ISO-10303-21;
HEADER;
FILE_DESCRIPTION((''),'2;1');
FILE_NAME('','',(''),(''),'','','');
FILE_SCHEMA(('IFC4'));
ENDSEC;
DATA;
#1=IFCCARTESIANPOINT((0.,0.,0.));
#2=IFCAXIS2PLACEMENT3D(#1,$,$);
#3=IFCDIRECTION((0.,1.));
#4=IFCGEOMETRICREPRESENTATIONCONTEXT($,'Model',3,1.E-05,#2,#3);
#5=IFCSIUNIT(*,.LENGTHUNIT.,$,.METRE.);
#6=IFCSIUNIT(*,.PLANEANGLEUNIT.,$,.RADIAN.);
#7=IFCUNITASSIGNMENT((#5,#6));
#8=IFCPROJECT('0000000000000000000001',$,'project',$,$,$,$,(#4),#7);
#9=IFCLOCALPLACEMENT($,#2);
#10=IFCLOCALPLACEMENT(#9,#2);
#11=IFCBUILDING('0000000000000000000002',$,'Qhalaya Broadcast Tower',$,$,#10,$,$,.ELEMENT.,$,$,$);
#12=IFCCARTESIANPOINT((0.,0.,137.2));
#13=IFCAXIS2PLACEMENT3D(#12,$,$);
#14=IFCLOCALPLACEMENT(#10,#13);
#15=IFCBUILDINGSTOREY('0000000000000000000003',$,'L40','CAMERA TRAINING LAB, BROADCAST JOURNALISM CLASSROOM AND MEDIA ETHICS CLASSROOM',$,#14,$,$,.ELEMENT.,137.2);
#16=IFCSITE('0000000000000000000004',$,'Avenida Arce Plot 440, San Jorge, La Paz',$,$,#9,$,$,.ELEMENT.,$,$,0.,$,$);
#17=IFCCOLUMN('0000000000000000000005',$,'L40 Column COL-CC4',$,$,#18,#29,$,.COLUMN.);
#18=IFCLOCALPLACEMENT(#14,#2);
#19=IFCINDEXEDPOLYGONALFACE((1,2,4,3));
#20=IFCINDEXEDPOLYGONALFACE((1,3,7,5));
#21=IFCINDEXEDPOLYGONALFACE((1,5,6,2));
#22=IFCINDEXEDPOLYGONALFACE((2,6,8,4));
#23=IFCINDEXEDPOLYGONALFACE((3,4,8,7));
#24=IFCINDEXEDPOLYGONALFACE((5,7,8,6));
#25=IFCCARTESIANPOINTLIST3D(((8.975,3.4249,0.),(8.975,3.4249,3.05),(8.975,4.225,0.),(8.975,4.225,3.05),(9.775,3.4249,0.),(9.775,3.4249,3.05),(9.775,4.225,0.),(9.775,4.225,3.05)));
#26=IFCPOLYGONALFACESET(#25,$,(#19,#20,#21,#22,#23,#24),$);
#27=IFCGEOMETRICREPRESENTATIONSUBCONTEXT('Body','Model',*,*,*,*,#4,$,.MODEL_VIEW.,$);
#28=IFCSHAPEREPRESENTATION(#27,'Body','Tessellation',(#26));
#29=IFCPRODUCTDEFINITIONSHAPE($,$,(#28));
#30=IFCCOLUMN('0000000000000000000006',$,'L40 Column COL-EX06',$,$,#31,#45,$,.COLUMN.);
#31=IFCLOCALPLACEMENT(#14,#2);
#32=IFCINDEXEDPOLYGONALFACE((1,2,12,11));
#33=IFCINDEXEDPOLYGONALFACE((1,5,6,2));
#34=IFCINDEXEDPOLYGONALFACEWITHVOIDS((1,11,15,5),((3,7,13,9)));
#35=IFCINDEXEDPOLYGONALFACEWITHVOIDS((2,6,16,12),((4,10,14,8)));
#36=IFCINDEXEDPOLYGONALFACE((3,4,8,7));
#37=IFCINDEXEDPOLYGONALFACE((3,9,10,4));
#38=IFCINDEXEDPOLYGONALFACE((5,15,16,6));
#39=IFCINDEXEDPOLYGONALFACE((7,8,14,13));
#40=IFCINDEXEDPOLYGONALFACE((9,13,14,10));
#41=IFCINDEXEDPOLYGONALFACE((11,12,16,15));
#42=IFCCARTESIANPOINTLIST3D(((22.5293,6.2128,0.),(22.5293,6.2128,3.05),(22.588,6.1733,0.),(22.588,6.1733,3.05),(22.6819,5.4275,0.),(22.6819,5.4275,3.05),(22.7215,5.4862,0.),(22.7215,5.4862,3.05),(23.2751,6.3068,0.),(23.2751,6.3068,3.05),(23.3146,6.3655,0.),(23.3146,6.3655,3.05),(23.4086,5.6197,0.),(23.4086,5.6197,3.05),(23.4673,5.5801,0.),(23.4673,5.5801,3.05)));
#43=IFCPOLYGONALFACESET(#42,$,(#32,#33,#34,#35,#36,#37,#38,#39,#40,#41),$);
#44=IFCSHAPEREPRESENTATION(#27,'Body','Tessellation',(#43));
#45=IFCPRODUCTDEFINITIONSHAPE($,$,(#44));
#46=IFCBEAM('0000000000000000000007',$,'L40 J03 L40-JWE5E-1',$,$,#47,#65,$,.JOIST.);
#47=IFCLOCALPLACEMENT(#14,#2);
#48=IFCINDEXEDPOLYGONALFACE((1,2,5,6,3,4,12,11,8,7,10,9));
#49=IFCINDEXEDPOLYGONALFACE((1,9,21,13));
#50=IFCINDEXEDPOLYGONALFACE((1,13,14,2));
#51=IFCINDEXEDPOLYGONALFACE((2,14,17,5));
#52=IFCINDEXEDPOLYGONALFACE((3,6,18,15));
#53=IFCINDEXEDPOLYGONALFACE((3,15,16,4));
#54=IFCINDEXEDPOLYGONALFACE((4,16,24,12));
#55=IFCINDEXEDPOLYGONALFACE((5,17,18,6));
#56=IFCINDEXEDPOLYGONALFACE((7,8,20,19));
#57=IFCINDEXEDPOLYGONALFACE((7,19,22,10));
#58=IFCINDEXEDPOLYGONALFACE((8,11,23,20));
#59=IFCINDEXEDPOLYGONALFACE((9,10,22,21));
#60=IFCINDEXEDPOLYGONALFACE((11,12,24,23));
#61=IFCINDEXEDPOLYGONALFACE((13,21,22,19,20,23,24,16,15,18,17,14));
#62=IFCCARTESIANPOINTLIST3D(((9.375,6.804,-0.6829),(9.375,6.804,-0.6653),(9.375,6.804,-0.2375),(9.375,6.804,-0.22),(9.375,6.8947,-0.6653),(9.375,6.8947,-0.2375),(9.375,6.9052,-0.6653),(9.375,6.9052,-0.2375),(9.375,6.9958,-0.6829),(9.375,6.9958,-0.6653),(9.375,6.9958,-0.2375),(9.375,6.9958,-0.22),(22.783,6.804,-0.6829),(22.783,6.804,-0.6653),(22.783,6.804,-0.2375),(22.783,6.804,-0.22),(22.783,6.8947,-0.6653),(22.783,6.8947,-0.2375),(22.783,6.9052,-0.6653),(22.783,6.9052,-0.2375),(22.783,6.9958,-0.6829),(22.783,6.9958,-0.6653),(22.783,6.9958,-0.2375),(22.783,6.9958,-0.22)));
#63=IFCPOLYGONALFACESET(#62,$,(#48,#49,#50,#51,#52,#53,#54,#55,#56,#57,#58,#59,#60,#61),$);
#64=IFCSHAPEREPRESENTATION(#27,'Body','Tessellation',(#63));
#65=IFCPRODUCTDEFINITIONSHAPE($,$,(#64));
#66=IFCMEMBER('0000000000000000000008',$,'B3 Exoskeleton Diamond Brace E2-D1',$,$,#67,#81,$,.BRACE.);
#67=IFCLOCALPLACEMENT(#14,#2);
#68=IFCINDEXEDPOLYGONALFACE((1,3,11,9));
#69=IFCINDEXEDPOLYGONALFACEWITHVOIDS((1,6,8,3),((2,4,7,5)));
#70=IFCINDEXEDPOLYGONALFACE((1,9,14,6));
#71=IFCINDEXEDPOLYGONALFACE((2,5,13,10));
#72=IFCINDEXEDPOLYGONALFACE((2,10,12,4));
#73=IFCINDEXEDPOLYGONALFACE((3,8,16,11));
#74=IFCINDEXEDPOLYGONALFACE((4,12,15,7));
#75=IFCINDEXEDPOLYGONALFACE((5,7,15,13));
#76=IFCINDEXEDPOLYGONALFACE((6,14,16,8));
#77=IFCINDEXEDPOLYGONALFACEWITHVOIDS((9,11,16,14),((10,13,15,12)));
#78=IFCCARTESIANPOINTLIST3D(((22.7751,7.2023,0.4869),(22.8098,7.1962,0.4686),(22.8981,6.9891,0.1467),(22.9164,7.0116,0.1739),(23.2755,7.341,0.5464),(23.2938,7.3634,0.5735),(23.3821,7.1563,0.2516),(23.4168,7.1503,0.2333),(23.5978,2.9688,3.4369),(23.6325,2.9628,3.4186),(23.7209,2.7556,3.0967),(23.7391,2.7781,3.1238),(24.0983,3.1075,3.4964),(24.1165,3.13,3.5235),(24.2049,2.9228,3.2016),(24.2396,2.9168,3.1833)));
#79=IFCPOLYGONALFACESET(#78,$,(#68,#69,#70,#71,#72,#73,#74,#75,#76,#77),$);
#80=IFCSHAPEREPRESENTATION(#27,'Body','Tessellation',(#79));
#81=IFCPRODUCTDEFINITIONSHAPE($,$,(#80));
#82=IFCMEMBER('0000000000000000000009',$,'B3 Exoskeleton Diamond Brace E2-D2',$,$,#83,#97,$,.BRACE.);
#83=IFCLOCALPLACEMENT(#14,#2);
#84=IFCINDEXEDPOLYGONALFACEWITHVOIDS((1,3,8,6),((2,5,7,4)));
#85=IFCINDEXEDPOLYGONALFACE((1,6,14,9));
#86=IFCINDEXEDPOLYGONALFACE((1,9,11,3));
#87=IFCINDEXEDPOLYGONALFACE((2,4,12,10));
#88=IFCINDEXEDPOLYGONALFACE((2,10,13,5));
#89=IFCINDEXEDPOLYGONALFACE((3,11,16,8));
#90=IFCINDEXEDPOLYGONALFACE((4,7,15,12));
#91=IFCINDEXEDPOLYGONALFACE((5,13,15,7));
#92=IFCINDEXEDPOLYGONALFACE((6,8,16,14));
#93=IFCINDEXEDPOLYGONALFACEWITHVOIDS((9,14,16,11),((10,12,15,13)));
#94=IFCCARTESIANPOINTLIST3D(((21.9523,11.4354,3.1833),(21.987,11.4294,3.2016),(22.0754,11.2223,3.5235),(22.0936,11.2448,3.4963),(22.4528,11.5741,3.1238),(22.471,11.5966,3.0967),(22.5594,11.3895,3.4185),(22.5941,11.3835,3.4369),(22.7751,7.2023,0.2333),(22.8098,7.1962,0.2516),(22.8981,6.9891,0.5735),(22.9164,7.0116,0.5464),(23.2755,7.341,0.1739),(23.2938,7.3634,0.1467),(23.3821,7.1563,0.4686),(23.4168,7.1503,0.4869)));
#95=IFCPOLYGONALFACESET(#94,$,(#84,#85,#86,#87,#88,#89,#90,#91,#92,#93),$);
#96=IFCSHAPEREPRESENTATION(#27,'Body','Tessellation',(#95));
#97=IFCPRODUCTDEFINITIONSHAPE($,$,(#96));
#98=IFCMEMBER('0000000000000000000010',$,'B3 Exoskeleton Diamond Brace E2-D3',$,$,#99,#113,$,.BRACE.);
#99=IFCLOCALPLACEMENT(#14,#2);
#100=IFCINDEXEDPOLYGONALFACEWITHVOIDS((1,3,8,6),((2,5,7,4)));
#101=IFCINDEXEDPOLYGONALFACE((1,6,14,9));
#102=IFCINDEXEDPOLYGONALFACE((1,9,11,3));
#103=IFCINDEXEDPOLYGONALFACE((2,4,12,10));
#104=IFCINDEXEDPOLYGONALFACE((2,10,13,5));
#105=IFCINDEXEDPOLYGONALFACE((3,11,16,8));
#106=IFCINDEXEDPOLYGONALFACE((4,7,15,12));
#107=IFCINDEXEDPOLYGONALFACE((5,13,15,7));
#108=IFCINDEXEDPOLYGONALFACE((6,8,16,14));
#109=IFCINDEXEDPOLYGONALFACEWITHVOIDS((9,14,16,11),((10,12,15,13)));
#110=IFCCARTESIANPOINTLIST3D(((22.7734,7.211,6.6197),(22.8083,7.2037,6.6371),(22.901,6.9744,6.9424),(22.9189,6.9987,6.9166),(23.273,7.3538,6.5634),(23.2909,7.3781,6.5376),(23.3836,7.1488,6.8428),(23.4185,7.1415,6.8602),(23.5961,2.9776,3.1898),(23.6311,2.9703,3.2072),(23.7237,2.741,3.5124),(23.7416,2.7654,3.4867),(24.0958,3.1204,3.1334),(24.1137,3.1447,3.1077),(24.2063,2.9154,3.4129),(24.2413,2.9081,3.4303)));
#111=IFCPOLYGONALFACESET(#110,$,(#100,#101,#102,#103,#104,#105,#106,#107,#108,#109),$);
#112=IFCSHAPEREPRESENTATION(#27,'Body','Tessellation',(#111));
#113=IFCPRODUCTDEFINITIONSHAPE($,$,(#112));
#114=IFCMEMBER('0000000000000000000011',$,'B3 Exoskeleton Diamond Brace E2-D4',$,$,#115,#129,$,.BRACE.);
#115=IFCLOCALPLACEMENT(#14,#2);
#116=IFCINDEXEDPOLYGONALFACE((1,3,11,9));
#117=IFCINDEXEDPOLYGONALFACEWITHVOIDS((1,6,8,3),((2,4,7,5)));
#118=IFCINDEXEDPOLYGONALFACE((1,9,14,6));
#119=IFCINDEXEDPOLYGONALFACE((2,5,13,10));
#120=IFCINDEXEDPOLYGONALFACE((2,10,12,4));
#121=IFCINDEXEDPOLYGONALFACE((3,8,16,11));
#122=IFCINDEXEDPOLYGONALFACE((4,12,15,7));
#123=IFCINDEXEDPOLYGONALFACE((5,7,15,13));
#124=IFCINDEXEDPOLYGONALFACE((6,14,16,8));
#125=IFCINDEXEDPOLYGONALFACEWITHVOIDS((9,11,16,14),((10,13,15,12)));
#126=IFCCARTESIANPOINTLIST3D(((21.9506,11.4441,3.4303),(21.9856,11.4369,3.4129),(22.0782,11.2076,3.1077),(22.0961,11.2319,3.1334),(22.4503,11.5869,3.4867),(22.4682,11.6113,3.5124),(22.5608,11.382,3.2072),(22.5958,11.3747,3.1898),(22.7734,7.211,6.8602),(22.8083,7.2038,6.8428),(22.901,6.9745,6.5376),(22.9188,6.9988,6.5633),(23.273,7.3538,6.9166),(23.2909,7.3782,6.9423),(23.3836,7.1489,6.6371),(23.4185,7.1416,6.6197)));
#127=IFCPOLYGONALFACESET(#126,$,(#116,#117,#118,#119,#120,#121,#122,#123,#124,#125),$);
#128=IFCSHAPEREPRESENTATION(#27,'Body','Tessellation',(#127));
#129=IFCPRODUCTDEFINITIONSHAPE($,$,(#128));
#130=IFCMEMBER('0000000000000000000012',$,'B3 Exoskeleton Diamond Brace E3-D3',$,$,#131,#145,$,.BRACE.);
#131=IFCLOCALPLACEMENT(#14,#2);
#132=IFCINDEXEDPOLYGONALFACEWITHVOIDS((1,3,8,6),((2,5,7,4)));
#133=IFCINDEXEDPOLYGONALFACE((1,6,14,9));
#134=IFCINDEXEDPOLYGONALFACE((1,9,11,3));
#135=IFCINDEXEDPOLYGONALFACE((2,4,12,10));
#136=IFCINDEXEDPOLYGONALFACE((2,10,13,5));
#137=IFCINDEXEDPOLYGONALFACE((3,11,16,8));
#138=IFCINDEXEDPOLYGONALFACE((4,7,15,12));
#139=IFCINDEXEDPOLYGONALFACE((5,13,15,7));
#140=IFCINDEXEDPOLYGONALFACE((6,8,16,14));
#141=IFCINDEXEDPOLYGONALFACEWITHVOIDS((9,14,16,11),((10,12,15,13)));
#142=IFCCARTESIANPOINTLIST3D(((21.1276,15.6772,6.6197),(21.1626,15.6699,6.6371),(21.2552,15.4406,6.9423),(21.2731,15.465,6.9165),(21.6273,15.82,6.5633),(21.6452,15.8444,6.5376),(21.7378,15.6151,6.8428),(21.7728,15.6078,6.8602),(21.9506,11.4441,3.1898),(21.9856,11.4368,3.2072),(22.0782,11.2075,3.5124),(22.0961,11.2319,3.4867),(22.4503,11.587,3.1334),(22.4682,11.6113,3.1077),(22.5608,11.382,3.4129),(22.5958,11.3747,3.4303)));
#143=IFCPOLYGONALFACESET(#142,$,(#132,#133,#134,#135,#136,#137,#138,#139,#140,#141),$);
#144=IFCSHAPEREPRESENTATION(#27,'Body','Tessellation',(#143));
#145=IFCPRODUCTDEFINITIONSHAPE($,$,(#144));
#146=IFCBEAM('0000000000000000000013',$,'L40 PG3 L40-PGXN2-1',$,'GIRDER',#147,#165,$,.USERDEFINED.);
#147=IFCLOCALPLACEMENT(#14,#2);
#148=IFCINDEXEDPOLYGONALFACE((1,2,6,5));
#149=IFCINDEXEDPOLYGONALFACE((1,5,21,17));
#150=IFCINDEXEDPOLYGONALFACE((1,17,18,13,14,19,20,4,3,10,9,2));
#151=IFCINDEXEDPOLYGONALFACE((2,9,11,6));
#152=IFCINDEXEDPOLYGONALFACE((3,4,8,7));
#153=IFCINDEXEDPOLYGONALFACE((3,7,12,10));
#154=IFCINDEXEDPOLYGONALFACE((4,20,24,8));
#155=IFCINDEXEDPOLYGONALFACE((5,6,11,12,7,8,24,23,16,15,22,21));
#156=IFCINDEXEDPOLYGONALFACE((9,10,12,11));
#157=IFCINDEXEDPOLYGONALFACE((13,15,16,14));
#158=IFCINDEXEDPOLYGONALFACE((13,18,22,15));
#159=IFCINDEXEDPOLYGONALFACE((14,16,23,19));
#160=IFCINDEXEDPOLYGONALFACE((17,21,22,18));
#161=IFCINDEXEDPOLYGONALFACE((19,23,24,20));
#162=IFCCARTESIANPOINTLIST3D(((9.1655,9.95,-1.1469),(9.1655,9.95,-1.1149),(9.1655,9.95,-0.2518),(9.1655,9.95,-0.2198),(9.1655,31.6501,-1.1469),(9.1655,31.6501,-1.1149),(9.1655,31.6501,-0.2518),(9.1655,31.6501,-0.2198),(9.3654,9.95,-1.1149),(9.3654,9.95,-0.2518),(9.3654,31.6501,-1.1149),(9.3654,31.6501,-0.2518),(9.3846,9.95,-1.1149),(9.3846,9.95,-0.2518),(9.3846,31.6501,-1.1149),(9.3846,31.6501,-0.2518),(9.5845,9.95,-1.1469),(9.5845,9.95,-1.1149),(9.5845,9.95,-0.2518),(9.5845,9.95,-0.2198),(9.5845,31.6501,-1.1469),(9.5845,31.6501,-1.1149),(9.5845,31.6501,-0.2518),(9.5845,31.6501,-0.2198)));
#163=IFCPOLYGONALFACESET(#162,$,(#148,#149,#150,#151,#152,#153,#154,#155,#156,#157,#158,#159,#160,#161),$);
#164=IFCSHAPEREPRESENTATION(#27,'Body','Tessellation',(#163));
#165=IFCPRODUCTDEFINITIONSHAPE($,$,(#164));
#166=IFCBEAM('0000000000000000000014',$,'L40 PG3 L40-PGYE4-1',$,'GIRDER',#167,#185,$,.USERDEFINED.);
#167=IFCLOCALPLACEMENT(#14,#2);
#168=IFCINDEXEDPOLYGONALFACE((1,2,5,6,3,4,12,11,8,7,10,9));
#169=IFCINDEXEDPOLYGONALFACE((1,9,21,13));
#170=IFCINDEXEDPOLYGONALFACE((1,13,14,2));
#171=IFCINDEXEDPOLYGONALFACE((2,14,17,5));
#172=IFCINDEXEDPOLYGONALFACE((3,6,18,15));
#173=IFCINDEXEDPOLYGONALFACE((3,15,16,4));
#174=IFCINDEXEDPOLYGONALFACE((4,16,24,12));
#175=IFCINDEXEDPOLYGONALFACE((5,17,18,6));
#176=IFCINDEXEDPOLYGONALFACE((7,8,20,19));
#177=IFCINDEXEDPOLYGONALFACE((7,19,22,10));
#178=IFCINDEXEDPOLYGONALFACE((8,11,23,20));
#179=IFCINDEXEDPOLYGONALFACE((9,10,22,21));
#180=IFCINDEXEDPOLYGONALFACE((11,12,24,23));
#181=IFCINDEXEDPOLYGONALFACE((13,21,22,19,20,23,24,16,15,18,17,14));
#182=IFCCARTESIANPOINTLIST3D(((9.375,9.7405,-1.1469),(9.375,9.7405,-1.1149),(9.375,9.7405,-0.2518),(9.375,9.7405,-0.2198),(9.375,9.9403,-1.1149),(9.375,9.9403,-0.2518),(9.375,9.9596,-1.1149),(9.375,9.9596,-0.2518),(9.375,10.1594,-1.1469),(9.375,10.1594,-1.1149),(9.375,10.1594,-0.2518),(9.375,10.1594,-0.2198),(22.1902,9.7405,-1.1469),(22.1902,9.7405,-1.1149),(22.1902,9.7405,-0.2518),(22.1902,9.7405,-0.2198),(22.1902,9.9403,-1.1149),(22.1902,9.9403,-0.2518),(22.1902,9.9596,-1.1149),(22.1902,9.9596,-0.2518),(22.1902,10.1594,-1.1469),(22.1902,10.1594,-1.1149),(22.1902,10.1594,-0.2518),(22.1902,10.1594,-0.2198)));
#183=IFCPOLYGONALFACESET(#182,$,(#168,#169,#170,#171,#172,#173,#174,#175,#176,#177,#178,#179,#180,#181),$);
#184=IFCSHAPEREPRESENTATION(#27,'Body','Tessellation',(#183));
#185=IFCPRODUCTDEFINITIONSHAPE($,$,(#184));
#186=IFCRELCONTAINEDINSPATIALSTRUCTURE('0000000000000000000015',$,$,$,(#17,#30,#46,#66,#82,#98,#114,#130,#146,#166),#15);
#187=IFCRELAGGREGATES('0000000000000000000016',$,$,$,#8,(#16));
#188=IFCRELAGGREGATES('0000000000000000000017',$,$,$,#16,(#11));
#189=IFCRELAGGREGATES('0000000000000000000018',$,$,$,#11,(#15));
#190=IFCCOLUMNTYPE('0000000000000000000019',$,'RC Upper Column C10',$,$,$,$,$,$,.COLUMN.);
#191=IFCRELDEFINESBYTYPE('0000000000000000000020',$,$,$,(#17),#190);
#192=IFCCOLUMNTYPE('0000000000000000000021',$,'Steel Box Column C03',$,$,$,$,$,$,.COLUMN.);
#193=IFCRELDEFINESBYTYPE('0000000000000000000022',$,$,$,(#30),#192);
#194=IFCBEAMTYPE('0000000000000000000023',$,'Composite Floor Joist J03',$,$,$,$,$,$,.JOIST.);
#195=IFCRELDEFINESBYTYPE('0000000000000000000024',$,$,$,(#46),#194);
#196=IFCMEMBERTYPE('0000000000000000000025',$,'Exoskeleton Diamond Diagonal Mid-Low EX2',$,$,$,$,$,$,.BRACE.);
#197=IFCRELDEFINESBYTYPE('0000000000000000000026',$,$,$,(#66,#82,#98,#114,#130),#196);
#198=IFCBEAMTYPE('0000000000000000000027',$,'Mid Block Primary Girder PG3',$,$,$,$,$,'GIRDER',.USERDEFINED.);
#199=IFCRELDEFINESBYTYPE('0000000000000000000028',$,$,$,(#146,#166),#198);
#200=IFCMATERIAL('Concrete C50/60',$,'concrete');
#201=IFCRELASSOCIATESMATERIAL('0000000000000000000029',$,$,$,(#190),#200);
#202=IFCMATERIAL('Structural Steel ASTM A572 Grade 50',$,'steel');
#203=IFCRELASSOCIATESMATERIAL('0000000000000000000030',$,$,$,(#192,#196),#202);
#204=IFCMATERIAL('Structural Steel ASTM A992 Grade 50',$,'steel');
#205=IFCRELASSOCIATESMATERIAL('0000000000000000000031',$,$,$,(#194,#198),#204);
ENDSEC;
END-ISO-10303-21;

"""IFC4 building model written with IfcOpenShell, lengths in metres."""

from ifc_helpers import new_model, si_unit, direction, frame, origin, origin_2d, place, context, subcontext, project, spatial, rectangle, hollow_rectangle, i_section, extrude, material, material_profile, profile_set, type_object, element, save


model = new_model("IFC4")

# Units and contexts
model_context = context("Model", 3, precision=1e-05, world=origin(), true_north=direction((0.0, 1.0)))
body_context = subcontext(model_context, "Body", "Model", "MODEL_VIEW")
ifc_project = project(units=[si_unit("LENGTHUNIT", "METRE"), si_unit("PLANEANGLEUNIT", "RADIAN")], contexts=[model_context])

# Site, building, storey
site_placement = place(None, origin())
site = spatial("IfcSite", under=ifc_project, at=site_placement, Name="Avenida Arce Plot 440, San Jorge, La Paz", CompositionType="ELEMENT", RefElevation=0.0)
building_placement = place(site_placement, origin())
building = spatial("IfcBuilding", under=site, at=building_placement, Name="Qhalaya Broadcast Tower", CompositionType="ELEMENT")
storey_placement = place(building_placement, frame((0.0, 0.0, 137.2)))
storey = spatial("IfcBuildingStorey", under=building, at=storey_placement, Name="L40", Description="CAMERA TRAINING LAB, BROADCAST JOURNALISM CLASSROOM AND MEDIA ETHICS CLASSROOM", CompositionType="ELEMENT", Elevation=137.2)

# Columns
ifc_material_1 = material(Name="Concrete C50/60", Category="concrete")
ifc_material_profile_1 = material_profile(ifc_material_1, rectangle(XDim=0.8, YDim=0.8, at=origin_2d()), Name="RC-COL 800x800")
ifc_profile_set_1 = profile_set([ifc_material_profile_1], Name="Concrete C50/60")
column_type_1 = type_object("IfcColumnType", Name="RC Upper Column C10", PredefinedType="COLUMN", material=ifc_profile_set_1)
column_1_placement = place(storey_placement, frame((9.375, 3.825, 0.0), z_axis=(0.0, 0.0, 1.0), x_axis=(1.0, 0.0, 0.0)))
element("IfcColumn", 1, at=column_1_placement, inside=storey, type_object=column_type_1, Name="L40 Column COL-CC4", PredefinedType="COLUMN", context=body_context, shape_type="SweptSolid", body=[
    extrude(rectangle(XDim=0.8, YDim=0.8, at=origin_2d()), origin(), (0.0, 0.0, 1.0), 3.05),
])
ifc_material_2 = material(Name="Structural Steel ASTM A572 Grade 50", Category="steel")
ifc_material_profile_2 = material_profile(ifc_material_2, hollow_rectangle(XDim=0.8, YDim=0.8, WallThickness=0.05, at=origin_2d()), Name="BOX 800x800x50")
ifc_profile_set_2 = profile_set([ifc_material_profile_2], Name="Structural Steel ASTM A572 Grade 50")
column_type_2 = type_object("IfcColumnType", Name="Steel Box Column C03", PredefinedType="COLUMN", material=ifc_profile_set_2)
column_2_placement = place(storey_placement, frame((22.9983, 5.8965, 0.0), z_axis=(0.0, 0.0, 1.0), x_axis=(-0.190809, 0.981627, 0.0)))
element("IfcColumn", 2, at=column_2_placement, inside=storey, type_object=column_type_2, Name="L40 Column COL-EX06", PredefinedType="COLUMN", context=body_context, shape_type="SweptSolid", body=[
    extrude(hollow_rectangle(XDim=0.8, YDim=0.8, WallThickness=0.05, at=origin_2d()), origin(), (0.0, 0.0, 1.0), 3.05),
])

# Beam
ifc_material_3 = material(Name="Structural Steel ASTM A992 Grade 50", Category="steel")
ifc_material_profile_3 = material_profile(ifc_material_3, i_section(OverallWidth=0.1919, OverallDepth=0.4629, WebThickness=0.0105, FlangeThickness=0.0176, at=origin_2d()), Name="W18X60")
ifc_profile_set_3 = profile_set([ifc_material_profile_3], Name="Structural Steel ASTM A992 Grade 50")
beam_type_1 = type_object("IfcBeamType", Name="Composite Floor Joist J03", PredefinedType="JOIST", material=ifc_profile_set_3)
beam_1_placement = place(storey_placement, frame((9.375, 6.8999, -0.4514), z_axis=(1.0, 0.0, 0.0), x_axis=(0.0, 1.0, 0.0)))
element("IfcBeam", 3, at=beam_1_placement, inside=storey, type_object=beam_type_1, Name="L40 J03 L40-JWE5E-1", PredefinedType="JOIST", context=body_context, shape_type="SweptSolid", body=[
    extrude(i_section(OverallWidth=0.1919, OverallDepth=0.4629, WebThickness=0.0105, FlangeThickness=0.0176, at=origin_2d()), origin(), (0.0, 0.0, 1.0), 13.408),
])

# Members
ifc_material_profile_4 = material_profile(ifc_material_2, hollow_rectangle(XDim=0.4199, YDim=0.55, WallThickness=0.0281, at=origin_2d()), Name="BOX 420x550x28")
ifc_profile_set_4 = profile_set([ifc_material_profile_4], Name="Structural Steel ASTM A572 Grade 50")
member_type = type_object("IfcMemberType", Name="Exoskeleton Diamond Diagonal Mid-Low EX2", PredefinedType="BRACE", material=ifc_profile_set_4)
member_1_placement = place(storey_placement, frame((23.0959, 7.1763, 0.3601), z_axis=(0.157464, -0.810217, 0.564582), x_axis=(-0.293036, 0.507628, 0.810212)))
element("IfcMember", 4, at=member_1_placement, inside=storey, type_object=member_type, Name="B3 Exoskeleton Diamond Brace E2-D1", PredefinedType="BRACE", context=body_context, shape_type="SweptSolid", body=[
    extrude(hollow_rectangle(XDim=0.4199, YDim=0.55, WallThickness=0.0281, at=origin_2d()), origin(), (0.0, 0.0, 1.0), 5.2251),
])
member_2_placement = place(storey_placement, frame((23.0959, 7.1763, 0.3601), z_axis=(-0.15747, 0.810201, 0.564604), x_axis=(0.293045, -0.507645, 0.810198)))
element("IfcMember", 5, at=member_2_placement, inside=storey, type_object=member_type, Name="B3 Exoskeleton Diamond Brace E2-D2", PredefinedType="BRACE", context=body_context, shape_type="SweptSolid", body=[
    extrude(hollow_rectangle(XDim=0.4199, YDim=0.55, WallThickness=0.0281, at=origin_2d()), origin(), (0.0, 0.0, 1.0), 5.2249),
])
member_3_placement = place(storey_placement, frame((23.9187, 2.9429, 3.3101), z_axis=(-0.149313, 0.768275, 0.622462), x_axis=(0.303875, -0.563401, 0.76827)))
element("IfcMember", 6, at=member_3_placement, inside=storey, type_object=member_type, Name="B3 Exoskeleton Diamond Brace E2-D3", PredefinedType="BRACE", context=body_context, shape_type="SweptSolid", body=[
    extrude(hollow_rectangle(XDim=0.4199, YDim=0.55, WallThickness=0.0281, at=origin_2d()), origin(), (0.0, 0.0, 1.0), 5.5103),
])
for number, where, z_axis, x_axis, name in (
    (7, (22.2732, 11.4094, 3.3101), (0.149318, -0.768257, 0.622483), (-0.303885, 0.563418, 0.768254), "B3 Exoskeleton Diamond Brace E2-D4"),
    (8, (22.2732, 11.4094, 3.3101), (-0.149361, 0.768252, 0.622479), (0.303916, -0.563397, 0.768257), "B3 Exoskeleton Diamond Brace E3-D3"),
):
    element("IfcMember", number, at=place(storey_placement, frame(where, z_axis=z_axis, x_axis=x_axis)), inside=storey, type_object=member_type, Name=name, PredefinedType="BRACE", context=body_context, shape_type="SweptSolid", body=[
        extrude(hollow_rectangle(XDim=0.4199, YDim=0.55, WallThickness=0.0281, at=origin_2d()), origin(), (0.0, 0.0, 1.0), 5.51),
    ])

# Beams
ifc_material_profile_5 = material_profile(ifc_material_3, i_section(OverallWidth=0.4189, OverallDepth=0.927, WebThickness=0.0193, FlangeThickness=0.032, at=origin_2d()), Name="W36X231")
ifc_profile_set_5 = profile_set([ifc_material_profile_5], Name="Structural Steel ASTM A992 Grade 50")
beam_type_2 = type_object("IfcBeamType", Name="Mid Block Primary Girder PG3", ElementType="GIRDER", PredefinedType="USERDEFINED", material=ifc_profile_set_5)
beam_2_placement = place(storey_placement, frame((9.375, 9.95, -0.6833), z_axis=(0.0, 1.0, 0.0), x_axis=(-1.0, 0.0, 0.0)))
element("IfcBeam", 9, at=beam_2_placement, inside=storey, type_object=beam_type_2, Name="L40 PG3 L40-PGXN2-1", ObjectType="GIRDER", PredefinedType="USERDEFINED", context=body_context, shape_type="SweptSolid", body=[
    extrude(i_section(OverallWidth=0.4189, OverallDepth=0.927, WebThickness=0.0193, FlangeThickness=0.032, at=origin_2d()), origin(), (0.0, 0.0, 1.0), 21.7002),
])
beam_3_placement = place(storey_placement, frame((9.375, 9.95, -0.6833), z_axis=(1.0, 0.0, 0.0), x_axis=(0.0, 1.0, 0.0)))
element("IfcBeam", 10, at=beam_3_placement, inside=storey, type_object=beam_type_2, Name="L40 PG3 L40-PGYE4-1", ObjectType="GIRDER", PredefinedType="USERDEFINED", context=body_context, shape_type="SweptSolid", body=[
    extrude(i_section(OverallWidth=0.4189, OverallDepth=0.927, WebThickness=0.0193, FlangeThickness=0.032, at=origin_2d()), origin(), (0.0, 0.0, 1.0), 12.8152),
])

save(model, "model.ifc")
